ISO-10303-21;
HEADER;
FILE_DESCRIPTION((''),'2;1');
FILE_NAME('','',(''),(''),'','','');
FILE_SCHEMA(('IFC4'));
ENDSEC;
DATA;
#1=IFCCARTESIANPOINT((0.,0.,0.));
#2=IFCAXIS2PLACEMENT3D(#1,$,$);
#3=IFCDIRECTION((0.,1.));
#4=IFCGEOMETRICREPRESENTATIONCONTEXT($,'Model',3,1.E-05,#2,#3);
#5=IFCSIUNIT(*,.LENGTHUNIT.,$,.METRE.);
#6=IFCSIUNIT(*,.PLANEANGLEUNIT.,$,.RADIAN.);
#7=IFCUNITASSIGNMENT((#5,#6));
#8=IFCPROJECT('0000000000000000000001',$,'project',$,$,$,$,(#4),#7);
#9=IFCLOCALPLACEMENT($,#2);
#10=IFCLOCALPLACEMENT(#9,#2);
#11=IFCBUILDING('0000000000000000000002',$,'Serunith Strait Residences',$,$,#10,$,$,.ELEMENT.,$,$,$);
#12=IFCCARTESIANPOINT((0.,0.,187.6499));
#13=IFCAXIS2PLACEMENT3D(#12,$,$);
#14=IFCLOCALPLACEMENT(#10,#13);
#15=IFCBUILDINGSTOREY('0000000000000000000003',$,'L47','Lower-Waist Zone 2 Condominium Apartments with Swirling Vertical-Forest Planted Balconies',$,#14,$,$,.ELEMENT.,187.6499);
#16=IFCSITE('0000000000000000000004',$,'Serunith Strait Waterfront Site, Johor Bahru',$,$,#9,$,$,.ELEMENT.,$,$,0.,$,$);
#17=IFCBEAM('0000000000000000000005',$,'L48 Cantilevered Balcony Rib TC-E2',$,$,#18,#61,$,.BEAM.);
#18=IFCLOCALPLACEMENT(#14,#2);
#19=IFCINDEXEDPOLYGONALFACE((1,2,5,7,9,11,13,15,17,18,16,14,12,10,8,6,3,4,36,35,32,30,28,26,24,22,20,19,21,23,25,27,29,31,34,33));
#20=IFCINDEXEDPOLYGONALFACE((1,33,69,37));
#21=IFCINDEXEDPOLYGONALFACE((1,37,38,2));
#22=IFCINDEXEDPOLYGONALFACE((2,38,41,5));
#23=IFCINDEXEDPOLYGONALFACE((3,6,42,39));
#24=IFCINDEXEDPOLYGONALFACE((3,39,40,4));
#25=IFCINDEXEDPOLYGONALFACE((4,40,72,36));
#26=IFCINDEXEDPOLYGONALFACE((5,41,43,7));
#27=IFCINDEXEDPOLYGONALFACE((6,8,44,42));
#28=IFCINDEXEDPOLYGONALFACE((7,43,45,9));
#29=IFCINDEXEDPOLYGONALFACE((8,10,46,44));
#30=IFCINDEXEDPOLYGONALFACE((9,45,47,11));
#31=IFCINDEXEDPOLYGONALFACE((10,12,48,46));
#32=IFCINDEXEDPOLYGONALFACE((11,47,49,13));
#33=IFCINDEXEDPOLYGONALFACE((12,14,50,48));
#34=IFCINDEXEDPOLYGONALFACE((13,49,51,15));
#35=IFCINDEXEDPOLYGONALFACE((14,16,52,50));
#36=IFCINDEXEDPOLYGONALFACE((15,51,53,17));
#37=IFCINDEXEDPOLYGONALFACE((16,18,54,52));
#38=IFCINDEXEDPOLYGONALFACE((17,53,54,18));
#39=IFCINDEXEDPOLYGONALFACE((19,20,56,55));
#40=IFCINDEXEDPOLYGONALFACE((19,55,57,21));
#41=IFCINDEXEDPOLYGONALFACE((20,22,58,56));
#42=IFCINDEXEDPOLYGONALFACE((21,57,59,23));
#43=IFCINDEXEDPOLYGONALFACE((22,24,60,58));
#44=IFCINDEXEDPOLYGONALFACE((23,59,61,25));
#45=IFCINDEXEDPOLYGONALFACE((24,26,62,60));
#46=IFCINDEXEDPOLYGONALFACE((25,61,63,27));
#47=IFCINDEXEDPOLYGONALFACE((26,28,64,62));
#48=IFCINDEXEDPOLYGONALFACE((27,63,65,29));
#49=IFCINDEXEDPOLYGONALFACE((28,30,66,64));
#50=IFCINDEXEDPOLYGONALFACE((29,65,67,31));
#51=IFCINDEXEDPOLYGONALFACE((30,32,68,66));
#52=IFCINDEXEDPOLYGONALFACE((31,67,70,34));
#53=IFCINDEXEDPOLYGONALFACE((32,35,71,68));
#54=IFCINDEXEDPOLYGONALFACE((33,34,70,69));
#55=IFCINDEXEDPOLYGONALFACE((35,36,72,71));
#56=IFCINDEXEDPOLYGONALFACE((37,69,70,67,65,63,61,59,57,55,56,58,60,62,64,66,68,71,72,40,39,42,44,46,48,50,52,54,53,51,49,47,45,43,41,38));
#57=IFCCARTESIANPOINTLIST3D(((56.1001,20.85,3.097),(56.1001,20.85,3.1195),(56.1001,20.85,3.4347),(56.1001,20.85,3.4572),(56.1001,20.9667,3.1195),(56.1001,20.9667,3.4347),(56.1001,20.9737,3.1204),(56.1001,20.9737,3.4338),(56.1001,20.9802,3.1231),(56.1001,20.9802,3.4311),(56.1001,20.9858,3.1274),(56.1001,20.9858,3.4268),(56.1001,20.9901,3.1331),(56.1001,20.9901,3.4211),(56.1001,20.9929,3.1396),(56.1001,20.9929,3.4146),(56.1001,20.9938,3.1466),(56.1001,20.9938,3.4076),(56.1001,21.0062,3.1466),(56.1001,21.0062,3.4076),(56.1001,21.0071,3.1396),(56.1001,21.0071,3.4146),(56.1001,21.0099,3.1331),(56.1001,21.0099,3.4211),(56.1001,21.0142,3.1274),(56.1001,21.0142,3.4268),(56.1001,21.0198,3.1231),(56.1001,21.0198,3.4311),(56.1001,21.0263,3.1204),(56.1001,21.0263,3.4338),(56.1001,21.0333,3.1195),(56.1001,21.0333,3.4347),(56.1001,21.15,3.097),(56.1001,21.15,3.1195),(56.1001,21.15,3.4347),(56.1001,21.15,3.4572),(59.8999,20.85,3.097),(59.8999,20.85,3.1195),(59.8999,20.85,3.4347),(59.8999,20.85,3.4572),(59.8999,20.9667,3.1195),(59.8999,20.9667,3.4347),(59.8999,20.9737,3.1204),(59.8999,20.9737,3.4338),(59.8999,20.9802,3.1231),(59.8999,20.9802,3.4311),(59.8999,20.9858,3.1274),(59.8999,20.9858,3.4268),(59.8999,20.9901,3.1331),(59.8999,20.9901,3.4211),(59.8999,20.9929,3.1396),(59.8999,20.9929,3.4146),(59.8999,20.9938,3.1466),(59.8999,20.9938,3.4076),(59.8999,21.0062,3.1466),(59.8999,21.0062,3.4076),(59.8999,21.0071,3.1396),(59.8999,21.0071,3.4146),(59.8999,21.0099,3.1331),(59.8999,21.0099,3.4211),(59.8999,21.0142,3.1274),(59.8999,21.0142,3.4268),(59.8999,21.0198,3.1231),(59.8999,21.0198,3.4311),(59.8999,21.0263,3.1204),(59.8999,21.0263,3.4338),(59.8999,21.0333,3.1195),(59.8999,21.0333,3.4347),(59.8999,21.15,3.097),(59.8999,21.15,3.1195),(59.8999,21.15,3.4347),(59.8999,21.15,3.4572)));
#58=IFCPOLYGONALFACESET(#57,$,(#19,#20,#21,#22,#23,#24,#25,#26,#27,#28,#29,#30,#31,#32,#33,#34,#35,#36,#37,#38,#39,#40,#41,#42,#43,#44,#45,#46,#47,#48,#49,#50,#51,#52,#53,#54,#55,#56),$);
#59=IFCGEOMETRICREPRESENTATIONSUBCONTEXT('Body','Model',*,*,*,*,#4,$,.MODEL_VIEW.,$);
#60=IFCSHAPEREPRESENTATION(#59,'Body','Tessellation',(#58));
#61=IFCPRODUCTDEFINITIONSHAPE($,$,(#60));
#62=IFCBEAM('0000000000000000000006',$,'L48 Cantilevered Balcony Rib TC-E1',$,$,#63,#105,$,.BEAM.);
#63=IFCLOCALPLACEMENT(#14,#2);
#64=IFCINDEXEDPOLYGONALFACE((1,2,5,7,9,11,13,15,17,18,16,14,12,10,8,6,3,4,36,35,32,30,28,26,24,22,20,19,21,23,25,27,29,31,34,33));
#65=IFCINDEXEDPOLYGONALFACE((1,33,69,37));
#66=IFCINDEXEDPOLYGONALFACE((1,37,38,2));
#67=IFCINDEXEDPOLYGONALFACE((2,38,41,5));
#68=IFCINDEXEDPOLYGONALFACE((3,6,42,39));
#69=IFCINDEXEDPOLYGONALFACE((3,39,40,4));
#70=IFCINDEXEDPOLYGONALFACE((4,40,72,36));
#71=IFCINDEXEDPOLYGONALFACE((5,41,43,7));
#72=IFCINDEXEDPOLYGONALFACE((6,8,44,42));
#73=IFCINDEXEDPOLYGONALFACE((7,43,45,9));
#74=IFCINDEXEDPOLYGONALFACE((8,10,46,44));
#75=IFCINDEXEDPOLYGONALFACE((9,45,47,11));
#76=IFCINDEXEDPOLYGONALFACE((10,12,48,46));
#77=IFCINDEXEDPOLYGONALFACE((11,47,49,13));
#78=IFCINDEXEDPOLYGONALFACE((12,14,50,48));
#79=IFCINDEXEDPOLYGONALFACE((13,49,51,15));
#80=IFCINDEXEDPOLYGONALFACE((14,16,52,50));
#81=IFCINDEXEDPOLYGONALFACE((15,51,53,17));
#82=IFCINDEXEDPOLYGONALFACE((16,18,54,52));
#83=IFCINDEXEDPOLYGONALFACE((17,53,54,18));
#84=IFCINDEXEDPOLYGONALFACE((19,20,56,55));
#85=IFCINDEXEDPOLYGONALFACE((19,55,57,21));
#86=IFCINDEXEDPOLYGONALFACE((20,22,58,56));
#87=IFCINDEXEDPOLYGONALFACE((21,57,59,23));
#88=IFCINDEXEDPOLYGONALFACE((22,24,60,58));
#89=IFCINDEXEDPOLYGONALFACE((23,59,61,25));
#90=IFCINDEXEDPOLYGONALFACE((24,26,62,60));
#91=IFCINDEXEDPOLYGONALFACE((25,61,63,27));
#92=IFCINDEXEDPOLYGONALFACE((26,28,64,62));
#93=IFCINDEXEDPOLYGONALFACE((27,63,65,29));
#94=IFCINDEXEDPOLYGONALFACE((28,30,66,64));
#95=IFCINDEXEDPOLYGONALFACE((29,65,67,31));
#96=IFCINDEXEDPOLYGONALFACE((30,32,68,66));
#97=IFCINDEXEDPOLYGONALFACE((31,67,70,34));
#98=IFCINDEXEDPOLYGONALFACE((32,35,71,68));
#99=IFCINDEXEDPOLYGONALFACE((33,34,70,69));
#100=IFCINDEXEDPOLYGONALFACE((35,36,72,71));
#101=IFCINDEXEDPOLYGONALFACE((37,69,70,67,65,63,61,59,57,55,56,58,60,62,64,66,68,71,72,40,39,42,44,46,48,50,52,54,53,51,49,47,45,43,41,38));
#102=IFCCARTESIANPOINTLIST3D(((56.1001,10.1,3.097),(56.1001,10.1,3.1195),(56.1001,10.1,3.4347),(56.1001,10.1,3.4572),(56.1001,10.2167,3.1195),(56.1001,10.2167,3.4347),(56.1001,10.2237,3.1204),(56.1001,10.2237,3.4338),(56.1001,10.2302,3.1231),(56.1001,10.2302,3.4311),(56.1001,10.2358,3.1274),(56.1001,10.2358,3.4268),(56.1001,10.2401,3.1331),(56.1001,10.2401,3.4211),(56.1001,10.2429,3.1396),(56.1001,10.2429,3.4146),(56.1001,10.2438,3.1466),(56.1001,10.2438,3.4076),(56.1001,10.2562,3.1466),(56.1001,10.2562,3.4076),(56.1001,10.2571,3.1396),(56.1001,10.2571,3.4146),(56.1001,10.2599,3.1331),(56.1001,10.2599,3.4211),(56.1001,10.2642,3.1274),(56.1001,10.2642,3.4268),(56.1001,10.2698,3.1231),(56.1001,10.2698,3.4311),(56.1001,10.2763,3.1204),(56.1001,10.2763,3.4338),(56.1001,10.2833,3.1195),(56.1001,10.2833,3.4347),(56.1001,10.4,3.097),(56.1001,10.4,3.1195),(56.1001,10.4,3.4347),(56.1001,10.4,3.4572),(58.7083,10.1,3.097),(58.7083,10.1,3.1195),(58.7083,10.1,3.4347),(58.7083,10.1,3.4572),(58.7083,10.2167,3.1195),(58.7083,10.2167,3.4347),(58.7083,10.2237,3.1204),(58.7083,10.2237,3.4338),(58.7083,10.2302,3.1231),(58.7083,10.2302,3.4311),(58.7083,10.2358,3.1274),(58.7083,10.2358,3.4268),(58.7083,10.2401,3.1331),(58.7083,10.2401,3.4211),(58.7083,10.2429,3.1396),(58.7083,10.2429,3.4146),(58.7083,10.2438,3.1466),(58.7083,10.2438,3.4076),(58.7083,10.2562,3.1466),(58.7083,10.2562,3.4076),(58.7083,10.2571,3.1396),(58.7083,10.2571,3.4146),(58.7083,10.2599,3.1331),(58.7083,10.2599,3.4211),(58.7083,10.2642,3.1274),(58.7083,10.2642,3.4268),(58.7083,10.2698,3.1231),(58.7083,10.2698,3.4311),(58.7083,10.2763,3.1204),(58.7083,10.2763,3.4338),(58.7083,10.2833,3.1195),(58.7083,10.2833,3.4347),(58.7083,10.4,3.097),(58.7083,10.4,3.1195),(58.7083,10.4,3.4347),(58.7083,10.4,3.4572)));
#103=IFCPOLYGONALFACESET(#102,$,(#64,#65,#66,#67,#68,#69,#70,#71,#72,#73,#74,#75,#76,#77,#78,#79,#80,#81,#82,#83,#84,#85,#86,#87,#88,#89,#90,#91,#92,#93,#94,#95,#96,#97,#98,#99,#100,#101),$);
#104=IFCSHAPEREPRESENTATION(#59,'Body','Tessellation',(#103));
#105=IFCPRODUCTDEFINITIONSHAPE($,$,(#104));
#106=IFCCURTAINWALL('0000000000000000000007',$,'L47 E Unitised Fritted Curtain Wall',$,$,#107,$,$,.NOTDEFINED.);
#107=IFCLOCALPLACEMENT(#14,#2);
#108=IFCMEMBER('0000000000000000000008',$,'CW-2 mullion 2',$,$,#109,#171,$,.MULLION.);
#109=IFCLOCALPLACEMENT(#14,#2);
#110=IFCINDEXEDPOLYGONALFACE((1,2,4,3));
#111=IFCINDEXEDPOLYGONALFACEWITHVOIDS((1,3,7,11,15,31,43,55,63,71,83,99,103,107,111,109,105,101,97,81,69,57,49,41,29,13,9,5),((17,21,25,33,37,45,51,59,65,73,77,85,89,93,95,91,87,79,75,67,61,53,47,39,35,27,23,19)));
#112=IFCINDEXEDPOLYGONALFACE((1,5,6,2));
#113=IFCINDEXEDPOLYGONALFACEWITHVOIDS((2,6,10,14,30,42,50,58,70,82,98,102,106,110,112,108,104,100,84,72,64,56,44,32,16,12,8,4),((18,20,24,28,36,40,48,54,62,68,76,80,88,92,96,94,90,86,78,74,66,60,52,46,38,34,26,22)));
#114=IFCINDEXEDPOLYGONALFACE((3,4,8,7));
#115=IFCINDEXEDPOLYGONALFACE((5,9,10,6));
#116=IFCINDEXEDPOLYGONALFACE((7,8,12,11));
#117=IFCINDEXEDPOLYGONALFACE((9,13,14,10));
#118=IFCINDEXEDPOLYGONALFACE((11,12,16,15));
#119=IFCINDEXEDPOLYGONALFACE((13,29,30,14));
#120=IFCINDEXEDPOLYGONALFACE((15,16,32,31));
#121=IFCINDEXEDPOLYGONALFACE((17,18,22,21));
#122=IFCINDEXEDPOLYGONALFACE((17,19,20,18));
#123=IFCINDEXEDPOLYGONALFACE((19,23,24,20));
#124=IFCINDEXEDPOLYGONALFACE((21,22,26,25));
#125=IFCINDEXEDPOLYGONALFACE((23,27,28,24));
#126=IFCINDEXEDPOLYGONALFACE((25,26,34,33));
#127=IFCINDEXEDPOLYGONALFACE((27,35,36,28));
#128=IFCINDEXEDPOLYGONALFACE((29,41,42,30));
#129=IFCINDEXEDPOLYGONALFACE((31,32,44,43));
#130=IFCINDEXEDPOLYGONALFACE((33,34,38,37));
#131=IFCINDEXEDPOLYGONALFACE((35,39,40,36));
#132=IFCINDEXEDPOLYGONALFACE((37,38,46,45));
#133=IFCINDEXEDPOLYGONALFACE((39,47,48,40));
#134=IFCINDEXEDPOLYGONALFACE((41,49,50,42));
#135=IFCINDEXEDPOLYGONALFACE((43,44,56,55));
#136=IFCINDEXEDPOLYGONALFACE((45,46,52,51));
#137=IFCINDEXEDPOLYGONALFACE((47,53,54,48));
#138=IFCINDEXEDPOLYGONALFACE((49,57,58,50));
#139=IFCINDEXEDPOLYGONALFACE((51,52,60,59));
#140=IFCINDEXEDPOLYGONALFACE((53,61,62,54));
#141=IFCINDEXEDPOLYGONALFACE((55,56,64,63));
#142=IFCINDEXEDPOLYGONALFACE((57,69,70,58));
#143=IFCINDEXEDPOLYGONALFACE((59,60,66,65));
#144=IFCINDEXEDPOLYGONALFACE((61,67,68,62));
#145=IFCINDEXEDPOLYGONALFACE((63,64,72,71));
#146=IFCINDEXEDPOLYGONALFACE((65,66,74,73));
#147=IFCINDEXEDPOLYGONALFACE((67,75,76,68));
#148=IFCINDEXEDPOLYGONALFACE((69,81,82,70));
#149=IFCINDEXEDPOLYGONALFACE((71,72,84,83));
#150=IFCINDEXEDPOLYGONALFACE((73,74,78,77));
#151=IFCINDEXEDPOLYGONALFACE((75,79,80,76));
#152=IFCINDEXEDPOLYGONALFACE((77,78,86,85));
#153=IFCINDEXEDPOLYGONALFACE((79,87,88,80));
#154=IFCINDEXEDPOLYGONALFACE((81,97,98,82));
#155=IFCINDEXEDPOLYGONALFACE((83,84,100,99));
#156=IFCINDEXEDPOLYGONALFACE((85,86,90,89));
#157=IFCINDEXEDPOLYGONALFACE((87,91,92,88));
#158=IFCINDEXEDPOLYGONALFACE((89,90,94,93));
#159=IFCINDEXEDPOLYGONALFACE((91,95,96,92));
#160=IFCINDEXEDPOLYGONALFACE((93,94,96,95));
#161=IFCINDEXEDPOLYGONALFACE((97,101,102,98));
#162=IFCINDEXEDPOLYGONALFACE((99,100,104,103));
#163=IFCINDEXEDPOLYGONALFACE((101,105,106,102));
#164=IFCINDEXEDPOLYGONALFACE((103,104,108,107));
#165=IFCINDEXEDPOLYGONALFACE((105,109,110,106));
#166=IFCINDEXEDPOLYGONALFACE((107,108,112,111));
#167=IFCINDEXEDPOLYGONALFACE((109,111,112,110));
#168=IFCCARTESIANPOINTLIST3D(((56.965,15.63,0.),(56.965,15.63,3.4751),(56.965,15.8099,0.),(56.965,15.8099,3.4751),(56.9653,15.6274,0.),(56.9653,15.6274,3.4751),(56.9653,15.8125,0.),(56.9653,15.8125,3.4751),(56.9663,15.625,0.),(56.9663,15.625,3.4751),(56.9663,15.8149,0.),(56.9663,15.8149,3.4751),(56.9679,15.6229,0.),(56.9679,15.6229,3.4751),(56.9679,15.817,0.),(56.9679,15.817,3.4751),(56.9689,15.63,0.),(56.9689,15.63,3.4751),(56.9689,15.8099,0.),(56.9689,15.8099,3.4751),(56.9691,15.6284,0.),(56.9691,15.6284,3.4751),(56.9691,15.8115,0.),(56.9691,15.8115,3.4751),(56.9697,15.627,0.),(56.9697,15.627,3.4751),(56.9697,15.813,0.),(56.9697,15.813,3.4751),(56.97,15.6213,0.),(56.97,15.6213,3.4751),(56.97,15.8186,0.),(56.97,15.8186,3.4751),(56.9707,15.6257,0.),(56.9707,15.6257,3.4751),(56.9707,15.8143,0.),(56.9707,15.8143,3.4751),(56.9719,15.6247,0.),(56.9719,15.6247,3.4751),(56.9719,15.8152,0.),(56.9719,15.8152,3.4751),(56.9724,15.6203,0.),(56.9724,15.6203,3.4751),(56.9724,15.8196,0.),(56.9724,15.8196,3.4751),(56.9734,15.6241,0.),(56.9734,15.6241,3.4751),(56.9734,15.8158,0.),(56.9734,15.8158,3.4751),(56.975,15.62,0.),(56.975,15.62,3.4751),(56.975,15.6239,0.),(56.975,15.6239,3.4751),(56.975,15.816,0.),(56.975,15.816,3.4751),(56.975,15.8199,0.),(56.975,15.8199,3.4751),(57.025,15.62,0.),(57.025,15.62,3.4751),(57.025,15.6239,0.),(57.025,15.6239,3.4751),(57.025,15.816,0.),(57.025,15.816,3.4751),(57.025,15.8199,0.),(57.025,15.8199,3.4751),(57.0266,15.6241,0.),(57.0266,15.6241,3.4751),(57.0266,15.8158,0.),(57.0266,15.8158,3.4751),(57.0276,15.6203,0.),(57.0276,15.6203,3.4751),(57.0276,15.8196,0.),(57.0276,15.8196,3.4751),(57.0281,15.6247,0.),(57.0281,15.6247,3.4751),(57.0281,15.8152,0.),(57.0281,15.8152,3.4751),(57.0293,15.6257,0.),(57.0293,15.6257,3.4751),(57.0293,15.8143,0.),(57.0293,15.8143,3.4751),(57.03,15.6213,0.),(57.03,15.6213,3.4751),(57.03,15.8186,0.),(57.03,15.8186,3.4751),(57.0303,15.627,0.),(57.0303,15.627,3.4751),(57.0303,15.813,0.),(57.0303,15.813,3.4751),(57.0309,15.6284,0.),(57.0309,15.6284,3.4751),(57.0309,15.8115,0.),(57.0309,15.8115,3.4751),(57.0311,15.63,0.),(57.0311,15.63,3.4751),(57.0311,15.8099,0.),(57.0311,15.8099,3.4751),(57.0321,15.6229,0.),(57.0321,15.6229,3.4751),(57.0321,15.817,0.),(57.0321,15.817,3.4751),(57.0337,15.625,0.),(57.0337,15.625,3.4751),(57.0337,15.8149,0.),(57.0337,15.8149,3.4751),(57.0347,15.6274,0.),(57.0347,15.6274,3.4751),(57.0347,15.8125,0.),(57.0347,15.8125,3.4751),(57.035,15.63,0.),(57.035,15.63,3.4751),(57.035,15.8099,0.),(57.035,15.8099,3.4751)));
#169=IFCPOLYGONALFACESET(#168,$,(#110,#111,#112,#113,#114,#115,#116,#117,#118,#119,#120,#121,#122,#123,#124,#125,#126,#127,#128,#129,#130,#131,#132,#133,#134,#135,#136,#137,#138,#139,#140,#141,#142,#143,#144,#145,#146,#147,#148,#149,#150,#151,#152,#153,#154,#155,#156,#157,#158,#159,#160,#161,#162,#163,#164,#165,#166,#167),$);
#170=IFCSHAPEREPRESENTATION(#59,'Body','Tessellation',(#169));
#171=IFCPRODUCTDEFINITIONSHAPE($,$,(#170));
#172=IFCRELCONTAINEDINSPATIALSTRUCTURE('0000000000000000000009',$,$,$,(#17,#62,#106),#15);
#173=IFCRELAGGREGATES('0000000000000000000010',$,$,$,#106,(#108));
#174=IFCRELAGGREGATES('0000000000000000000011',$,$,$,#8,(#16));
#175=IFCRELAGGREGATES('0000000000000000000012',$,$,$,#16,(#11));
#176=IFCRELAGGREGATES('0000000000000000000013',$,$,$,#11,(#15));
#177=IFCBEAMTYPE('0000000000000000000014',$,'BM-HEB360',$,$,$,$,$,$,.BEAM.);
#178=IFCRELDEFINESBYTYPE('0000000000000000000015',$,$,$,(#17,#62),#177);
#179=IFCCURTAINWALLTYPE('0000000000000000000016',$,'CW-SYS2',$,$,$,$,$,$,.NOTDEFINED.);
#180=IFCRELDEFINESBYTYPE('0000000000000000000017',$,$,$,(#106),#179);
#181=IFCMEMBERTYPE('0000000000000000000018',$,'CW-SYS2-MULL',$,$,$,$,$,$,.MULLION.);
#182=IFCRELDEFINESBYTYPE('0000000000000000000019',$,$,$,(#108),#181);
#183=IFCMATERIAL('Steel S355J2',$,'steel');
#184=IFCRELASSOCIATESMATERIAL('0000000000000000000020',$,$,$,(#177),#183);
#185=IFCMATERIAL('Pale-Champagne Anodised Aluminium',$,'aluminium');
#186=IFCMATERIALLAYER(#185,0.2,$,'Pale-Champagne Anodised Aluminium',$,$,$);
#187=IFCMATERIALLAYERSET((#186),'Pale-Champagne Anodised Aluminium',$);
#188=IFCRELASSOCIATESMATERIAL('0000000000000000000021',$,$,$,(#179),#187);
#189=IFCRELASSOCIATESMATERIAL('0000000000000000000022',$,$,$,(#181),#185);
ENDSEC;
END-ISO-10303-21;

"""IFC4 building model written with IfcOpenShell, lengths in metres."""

from ifc_helpers import new_model, si_unit, direction, frame, origin, origin_2d, place, context, subcontext, project, spatial, hollow_rectangle, i_section, extrude, source, transform, mapped, material, layer, layer_set, material_profile, profile_set, type_object, element, aggregate, save


model = new_model("IFC4")

# Units and contexts
model_context = context("Model", 3, precision=1e-05, world=origin(), true_north=direction((0.0, 1.0)))
body_context = subcontext(model_context, "Body", "Model", "MODEL_VIEW")
ifc_project = project(units=[si_unit("LENGTHUNIT", "METRE"), si_unit("PLANEANGLEUNIT", "RADIAN")], contexts=[model_context])

# Site, building, storey
site_placement = place(None, origin())
site = spatial("IfcSite", under=ifc_project, at=site_placement, Name="Serunith Strait Waterfront Site, Johor Bahru", CompositionType="ELEMENT", RefElevation=0.0)
building_placement = place(site_placement, origin())
building = spatial("IfcBuilding", under=site, at=building_placement, Name="Serunith Strait Residences", CompositionType="ELEMENT")
storey_placement = place(building_placement, frame((0.0, 0.0, 187.6499)))
storey = spatial("IfcBuildingStorey", under=building, at=storey_placement, Name="L47", Description="Lower-Waist Zone 2 Condominium Apartments with Swirling Vertical-Forest Planted Balconies", CompositionType="ELEMENT", Elevation=187.6499)

# Beams
ifc_material_1 = material(Name="Steel S355J2", Category="steel")
ifc_material_profile_1 = material_profile(ifc_material_1, i_section(OverallWidth=0.3, OverallDepth=0.3601, WebThickness=0.0125, FlangeThickness=0.0225, FilletRadius=0.0271, at=origin_2d()), Name="HEB 360")
ifc_profile_set_1 = profile_set([ifc_material_profile_1], Name="Steel S355J2")
beam_type_1 = type_object("IfcBeamType", Name="BM-HEB360", PredefinedType="BEAM", material=ifc_profile_set_1)
shared_shape_1 = source(origin(), body_context, "Body", "SweptSolid", [
    extrude(i_section(OverallWidth=0.3, OverallDepth=0.3601, WebThickness=0.0125, FlangeThickness=0.0225, FilletRadius=0.0271, at=origin_2d()), origin(), (0.0, 0.0, 1.0), 3.7998),
])
beam_1_placement = place(storey_placement, frame((56.1001, 21.0, 3.2771), z_axis=(1.0, 0.0, 0.0), x_axis=(0.0, 1.0, 0.0)))
element("IfcBeam", 1, at=beam_1_placement, inside=storey, type_object=beam_type_1, Name="L48 Cantilevered Balcony Rib TC-E2", PredefinedType="BEAM", context=body_context, shape_type="MappedRepresentation", body=[
    mapped(shared_shape_1, transform((0.0, 0.0, 0.0), scale=1.0)),
])
shared_shape_2 = source(origin(), body_context, "Body", "SweptSolid", [
    extrude(i_section(OverallWidth=0.3, OverallDepth=0.3601, WebThickness=0.0125, FlangeThickness=0.0225, FilletRadius=0.0271, at=origin_2d()), origin(), (0.0, 0.0, 1.0), 2.6082),
])
beam_2_placement = place(storey_placement, frame((56.1001, 10.25, 3.2771), z_axis=(1.0, 0.0, 0.0), x_axis=(0.0, 1.0, 0.0)))
element("IfcBeam", 2, at=beam_2_placement, inside=storey, type_object=beam_type_1, Name="L48 Cantilevered Balcony Rib TC-E1", PredefinedType="BEAM", context=body_context, shape_type="MappedRepresentation", body=[
    mapped(shared_shape_2, transform((0.0, 0.0, 0.0), scale=1.0)),
])

# Curtain wall, member
ifc_material_2 = material(Name="Pale-Champagne Anodised Aluminium", Category="aluminium")
ifc_layer_1 = layer(ifc_material_2, 0.2, Name="Pale-Champagne Anodised Aluminium")
ifc_layer_set_1 = layer_set([ifc_layer_1], Name="Pale-Champagne Anodised Aluminium")
curtain_wall_type = type_object("IfcCurtainWallType", Name="CW-SYS2", PredefinedType="NOTDEFINED", material=ifc_layer_set_1)
curtain_wall_placement = place(storey_placement, origin())
curtain_wall = element("IfcCurtainWall", 3, at=curtain_wall_placement, inside=storey, type_object=curtain_wall_type, Name="L47 E Unitised Fritted Curtain Wall", PredefinedType="NOTDEFINED")
ifc_material_profile_2 = material_profile(ifc_material_2, hollow_rectangle(XDim=0.0701, YDim=0.2, WallThickness=0.0039, InnerFilletRadius=0.0061, OuterFilletRadius=0.01, at=origin_2d()), Name="ALU 200x70x4")
ifc_profile_set_2 = profile_set([ifc_material_profile_2], Name="Pale-Champagne Anodised Aluminium")
member_type_1 = type_object("IfcMemberType", Name="CW-SYS2-MULL", PredefinedType="MULLION", material=ifc_profile_set_2)
shared_shape_3 = source(origin(), body_context, "Body", "SweptSolid", [
    extrude(hollow_rectangle(XDim=0.0701, YDim=0.2, WallThickness=0.0039, InnerFilletRadius=0.0061, OuterFilletRadius=0.01, at=origin_2d()), origin(), (0.0, 0.0, 1.0), 3.4751),
])
member_1_placement = place(storey_placement, frame((57.0, 15.72, 0.0), z_axis=(0.0, 0.0, 1.0), x_axis=(-1.0, 0.0, 0.0)))
member_1 = element("IfcMember", 4, at=member_1_placement, type_object=member_type_1, Name="CW-2 mullion 2", PredefinedType="MULLION", context=body_context, shape_type="MappedRepresentation", body=[
    mapped(shared_shape_3, transform((0.0, 0.0, 0.0), scale=1.0)),
])
aggregate(curtain_wall, [member_1])

save(model, "model.ifc")
